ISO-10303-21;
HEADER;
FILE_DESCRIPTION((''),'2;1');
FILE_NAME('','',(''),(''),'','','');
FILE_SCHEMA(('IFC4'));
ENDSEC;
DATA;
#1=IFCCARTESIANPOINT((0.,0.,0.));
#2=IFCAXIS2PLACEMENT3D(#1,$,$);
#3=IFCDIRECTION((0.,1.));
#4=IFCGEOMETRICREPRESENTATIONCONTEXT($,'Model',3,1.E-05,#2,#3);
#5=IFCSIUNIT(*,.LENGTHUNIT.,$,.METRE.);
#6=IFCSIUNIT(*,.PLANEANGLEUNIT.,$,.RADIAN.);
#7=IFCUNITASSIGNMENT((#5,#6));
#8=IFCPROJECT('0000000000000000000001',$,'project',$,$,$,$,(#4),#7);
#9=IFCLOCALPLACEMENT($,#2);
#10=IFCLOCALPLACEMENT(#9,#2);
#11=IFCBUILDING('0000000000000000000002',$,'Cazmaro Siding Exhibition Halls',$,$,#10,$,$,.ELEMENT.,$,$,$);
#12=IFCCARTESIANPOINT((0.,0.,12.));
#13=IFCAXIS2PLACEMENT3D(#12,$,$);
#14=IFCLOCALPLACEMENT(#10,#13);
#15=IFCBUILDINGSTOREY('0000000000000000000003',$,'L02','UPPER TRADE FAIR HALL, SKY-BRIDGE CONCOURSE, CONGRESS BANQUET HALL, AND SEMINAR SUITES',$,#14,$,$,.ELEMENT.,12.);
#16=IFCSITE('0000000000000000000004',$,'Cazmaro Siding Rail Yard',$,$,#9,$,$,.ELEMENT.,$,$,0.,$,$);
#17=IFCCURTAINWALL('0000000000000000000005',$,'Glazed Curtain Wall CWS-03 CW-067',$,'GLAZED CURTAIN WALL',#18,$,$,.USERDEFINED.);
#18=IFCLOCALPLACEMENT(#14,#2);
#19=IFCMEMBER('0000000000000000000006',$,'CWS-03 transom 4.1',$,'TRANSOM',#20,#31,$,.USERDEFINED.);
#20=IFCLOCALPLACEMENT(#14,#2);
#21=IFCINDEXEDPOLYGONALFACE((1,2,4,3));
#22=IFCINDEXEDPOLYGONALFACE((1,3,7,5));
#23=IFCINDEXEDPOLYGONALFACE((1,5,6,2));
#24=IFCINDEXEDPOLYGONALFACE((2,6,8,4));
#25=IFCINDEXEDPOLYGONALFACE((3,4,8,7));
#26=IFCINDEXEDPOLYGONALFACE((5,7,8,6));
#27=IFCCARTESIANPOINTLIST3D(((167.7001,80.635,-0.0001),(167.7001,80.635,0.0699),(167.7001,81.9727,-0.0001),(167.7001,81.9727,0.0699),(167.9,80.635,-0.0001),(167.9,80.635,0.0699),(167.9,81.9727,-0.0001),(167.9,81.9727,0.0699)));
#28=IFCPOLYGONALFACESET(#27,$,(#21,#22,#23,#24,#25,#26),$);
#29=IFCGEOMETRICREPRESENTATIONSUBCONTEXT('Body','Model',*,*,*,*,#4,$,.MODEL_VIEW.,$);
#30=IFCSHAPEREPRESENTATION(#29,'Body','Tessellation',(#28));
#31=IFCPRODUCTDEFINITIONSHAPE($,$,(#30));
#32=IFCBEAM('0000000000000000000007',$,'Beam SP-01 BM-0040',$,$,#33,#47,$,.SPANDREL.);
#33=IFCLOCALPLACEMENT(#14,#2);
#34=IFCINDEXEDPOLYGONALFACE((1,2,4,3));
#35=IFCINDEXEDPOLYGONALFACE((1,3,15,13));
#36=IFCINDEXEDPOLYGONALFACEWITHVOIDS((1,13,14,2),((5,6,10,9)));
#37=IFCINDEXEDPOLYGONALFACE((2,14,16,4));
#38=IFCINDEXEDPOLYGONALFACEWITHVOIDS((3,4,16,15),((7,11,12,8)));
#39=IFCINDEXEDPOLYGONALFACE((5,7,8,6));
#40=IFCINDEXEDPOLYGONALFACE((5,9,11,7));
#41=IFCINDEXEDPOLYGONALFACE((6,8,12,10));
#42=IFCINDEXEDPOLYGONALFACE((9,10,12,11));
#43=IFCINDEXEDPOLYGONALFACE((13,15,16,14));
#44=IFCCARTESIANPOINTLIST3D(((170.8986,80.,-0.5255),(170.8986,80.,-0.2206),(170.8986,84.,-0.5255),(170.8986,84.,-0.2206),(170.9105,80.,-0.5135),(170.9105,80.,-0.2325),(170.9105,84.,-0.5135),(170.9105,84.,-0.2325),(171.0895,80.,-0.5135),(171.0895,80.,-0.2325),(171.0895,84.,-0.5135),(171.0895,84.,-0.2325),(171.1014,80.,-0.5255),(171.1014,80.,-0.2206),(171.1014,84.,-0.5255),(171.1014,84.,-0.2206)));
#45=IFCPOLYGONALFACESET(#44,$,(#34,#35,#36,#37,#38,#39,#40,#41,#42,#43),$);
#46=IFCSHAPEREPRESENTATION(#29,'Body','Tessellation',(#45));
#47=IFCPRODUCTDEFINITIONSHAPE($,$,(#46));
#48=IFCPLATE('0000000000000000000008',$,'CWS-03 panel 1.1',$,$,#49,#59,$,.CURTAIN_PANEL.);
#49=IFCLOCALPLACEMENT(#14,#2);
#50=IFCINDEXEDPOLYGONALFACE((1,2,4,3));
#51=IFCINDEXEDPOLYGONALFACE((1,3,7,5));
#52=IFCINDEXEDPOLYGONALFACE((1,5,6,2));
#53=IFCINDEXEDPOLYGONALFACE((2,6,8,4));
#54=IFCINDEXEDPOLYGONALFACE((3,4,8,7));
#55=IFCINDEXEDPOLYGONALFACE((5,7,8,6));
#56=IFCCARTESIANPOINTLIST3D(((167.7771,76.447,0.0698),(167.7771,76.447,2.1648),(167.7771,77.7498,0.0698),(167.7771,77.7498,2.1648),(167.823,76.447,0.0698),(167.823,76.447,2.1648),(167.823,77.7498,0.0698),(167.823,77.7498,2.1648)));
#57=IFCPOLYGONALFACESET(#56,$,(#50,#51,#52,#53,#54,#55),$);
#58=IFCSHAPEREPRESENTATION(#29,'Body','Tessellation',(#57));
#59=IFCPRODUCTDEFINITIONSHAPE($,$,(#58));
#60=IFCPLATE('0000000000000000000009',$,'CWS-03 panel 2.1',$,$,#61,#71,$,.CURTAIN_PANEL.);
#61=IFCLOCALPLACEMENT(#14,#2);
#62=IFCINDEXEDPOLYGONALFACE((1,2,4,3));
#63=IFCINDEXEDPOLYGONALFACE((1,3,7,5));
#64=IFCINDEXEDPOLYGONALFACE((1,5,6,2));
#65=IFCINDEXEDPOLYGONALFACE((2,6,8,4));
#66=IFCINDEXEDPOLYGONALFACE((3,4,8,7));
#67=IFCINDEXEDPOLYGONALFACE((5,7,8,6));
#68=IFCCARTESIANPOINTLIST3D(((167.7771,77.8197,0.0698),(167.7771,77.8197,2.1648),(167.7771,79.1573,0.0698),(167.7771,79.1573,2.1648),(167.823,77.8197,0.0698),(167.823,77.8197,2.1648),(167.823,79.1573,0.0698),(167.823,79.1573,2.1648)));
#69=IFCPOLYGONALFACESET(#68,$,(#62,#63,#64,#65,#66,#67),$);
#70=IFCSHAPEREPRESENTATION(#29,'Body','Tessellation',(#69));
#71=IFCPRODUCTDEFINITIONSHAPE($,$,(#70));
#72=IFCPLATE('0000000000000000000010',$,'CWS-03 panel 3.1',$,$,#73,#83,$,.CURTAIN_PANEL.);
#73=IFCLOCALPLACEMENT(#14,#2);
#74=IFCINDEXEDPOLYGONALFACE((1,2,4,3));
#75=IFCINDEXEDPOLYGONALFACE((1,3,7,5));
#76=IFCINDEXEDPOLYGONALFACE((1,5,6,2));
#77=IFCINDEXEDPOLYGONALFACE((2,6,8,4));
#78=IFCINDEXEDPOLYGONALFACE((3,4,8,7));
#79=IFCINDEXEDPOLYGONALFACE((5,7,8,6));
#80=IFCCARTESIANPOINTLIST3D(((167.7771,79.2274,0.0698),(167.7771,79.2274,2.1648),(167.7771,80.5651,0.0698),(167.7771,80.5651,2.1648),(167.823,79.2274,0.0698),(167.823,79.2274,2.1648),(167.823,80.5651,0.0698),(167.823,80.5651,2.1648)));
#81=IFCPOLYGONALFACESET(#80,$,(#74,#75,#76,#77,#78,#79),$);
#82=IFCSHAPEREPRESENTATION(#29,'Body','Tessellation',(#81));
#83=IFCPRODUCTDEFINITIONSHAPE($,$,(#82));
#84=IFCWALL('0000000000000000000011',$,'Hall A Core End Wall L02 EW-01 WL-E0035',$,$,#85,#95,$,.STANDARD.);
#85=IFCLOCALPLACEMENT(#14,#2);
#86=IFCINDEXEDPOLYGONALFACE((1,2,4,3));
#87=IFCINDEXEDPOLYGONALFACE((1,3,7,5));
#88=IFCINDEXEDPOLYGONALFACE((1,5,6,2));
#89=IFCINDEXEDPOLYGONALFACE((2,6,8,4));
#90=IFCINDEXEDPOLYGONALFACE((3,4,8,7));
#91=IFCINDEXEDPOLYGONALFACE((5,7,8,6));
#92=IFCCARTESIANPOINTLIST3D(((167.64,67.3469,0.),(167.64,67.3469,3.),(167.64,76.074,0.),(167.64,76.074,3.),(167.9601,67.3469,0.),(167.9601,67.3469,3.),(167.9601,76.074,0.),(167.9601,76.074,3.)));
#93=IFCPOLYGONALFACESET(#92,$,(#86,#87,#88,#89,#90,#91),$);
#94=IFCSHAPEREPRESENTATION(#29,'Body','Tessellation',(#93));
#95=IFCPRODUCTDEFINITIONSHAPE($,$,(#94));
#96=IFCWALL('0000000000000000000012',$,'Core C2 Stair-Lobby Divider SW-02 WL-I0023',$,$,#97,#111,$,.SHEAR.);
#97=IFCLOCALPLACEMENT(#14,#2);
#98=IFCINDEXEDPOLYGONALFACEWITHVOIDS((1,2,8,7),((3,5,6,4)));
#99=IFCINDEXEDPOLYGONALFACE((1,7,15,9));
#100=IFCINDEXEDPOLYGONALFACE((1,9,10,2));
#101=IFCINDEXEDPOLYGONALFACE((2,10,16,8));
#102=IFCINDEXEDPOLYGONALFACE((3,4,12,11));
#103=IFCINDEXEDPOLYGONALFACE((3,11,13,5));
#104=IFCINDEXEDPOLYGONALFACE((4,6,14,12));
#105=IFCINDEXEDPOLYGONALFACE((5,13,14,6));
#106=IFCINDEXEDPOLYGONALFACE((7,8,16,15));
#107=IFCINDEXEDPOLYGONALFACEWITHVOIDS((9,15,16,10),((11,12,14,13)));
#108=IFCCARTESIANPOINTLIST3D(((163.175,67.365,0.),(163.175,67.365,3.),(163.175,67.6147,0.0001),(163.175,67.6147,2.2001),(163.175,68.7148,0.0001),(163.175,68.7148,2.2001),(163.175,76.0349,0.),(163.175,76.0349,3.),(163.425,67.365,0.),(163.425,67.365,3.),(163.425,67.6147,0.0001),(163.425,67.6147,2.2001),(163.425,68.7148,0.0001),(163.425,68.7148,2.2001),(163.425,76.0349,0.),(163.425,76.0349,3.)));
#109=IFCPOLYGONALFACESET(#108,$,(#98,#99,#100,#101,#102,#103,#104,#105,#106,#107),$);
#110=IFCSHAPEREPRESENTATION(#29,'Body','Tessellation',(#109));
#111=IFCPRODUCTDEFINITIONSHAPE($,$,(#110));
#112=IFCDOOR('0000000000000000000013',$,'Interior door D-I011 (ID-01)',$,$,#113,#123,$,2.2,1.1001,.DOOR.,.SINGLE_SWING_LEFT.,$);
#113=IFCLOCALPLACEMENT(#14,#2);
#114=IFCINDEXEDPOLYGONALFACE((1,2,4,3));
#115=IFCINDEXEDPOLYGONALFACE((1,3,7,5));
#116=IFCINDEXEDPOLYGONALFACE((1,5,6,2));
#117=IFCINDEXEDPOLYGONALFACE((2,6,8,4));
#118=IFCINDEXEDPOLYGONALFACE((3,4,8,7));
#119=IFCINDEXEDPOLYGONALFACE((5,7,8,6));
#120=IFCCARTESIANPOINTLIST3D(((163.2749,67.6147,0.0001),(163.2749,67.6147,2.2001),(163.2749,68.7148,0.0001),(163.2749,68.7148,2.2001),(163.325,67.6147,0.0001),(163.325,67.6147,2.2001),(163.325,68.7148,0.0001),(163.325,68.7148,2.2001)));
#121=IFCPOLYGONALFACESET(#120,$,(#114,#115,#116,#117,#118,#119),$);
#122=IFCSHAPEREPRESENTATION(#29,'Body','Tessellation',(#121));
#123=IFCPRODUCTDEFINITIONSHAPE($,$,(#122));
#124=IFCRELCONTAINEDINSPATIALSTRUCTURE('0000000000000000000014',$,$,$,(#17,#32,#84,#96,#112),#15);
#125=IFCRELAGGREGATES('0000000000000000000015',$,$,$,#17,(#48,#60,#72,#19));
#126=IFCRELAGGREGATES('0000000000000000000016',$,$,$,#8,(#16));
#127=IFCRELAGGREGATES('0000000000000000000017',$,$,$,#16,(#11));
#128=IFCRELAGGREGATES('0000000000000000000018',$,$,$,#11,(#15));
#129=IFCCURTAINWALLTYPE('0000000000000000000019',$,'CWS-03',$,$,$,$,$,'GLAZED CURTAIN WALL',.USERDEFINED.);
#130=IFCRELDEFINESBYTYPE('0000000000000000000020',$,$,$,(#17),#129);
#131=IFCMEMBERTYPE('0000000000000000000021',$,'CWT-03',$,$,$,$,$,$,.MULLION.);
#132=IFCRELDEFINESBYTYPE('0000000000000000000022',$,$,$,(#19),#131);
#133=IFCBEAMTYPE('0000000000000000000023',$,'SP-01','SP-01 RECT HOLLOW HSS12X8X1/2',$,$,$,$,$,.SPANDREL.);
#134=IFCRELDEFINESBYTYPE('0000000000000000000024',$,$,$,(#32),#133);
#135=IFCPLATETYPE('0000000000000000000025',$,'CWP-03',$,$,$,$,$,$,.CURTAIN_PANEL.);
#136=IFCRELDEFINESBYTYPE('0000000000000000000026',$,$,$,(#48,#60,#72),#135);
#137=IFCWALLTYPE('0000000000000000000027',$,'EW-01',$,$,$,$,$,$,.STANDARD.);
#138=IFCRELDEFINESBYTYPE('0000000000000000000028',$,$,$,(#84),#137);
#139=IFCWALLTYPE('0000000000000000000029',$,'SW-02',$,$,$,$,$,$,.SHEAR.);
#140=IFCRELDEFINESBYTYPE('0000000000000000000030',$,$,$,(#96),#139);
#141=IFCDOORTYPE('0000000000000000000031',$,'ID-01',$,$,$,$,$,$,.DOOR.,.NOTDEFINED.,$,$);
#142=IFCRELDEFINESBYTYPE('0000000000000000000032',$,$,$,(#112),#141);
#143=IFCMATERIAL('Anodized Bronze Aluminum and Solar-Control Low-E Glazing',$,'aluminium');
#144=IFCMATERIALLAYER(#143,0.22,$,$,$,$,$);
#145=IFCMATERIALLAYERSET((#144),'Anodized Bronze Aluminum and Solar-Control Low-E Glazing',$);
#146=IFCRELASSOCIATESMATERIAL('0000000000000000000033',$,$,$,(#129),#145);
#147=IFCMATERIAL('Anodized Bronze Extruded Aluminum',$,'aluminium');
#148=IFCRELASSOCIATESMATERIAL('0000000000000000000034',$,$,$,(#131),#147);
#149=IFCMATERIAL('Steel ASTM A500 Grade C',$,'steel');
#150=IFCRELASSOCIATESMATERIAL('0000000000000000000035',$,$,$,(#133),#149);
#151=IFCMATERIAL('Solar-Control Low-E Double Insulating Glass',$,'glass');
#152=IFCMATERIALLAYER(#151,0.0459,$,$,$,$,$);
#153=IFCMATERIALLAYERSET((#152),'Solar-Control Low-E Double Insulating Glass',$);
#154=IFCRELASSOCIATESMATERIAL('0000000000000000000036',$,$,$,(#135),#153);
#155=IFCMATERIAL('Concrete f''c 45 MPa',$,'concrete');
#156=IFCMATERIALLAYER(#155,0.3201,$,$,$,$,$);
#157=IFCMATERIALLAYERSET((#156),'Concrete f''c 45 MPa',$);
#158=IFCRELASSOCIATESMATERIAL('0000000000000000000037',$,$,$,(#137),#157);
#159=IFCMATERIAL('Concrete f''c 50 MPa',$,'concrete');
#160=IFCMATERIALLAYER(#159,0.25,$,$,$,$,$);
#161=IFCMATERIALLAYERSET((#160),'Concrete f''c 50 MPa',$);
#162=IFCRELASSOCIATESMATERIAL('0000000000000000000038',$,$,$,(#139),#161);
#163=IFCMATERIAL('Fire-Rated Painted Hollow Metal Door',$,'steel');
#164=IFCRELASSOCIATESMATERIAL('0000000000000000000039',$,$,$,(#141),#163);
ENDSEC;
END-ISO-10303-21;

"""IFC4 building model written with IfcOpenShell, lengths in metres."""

from ifc_helpers import new_model, si_unit, direction, frame, frame_2d, origin, origin_2d, place, context, subcontext, project, spatial, rectangle, hollow_rectangle, extrude, material, layer, layer_set, material_profile, profile_set, type_object, element, fill, aggregate, save


model = new_model("IFC4")

# Units and contexts
model_context = context("Model", 3, precision=1e-05, world=origin(), true_north=direction((0.0, 1.0)))
body_context = subcontext(model_context, "Body", "Model", "MODEL_VIEW")
ifc_project = project(units=[si_unit("LENGTHUNIT", "METRE"), si_unit("PLANEANGLEUNIT", "RADIAN")], contexts=[model_context])

# Site, building, storey
site_placement = place(None, origin())
site = spatial("IfcSite", under=ifc_project, at=site_placement, Name="Cazmaro Siding Rail Yard", CompositionType="ELEMENT", RefElevation=0.0)
building_placement = place(site_placement, origin())
building = spatial("IfcBuilding", under=site, at=building_placement, Name="Cazmaro Siding Exhibition Halls", CompositionType="ELEMENT")
storey_placement = place(building_placement, frame((0.0, 0.0, 12.0)))
storey = spatial("IfcBuildingStorey", under=building, at=storey_placement, Name="L02", Description="UPPER TRADE FAIR HALL, SKY-BRIDGE CONCOURSE, CONGRESS BANQUET HALL, AND SEMINAR SUITES", CompositionType="ELEMENT", Elevation=12.0)

# Curtain wall, member
ifc_material_1 = material(Name="Anodized Bronze Aluminum and Solar-Control Low-E Glazing", Category="aluminium")
ifc_layer_1 = layer(ifc_material_1, 0.22)
ifc_layer_set_1 = layer_set([ifc_layer_1], Name="Anodized Bronze Aluminum and Solar-Control Low-E Glazing")
curtain_wall_type = type_object("IfcCurtainWallType", Name="CWS-03", ElementType="GLAZED CURTAIN WALL", PredefinedType="USERDEFINED", material=ifc_layer_set_1)
curtain_wall_placement = place(storey_placement, origin())
curtain_wall = element("IfcCurtainWall", 1, at=curtain_wall_placement, inside=storey, type_object=curtain_wall_type, Name="Glazed Curtain Wall CWS-03 CW-067", ObjectType="GLAZED CURTAIN WALL", PredefinedType="USERDEFINED")
ifc_material_2 = material(Name="Anodized Bronze Extruded Aluminum", Category="aluminium")
ifc_material_profile_1 = material_profile(ifc_material_2, rectangle(XDim=0.2, YDim=0.0701, at=origin_2d()), Name="CWT-03")
ifc_profile_set_1 = profile_set([ifc_material_profile_1], Name="Anodized Bronze Extruded Aluminum")
member_type_1 = type_object("IfcMemberType", Name="CWT-03", PredefinedType="MULLION", material=ifc_profile_set_1)
member_1_placement = place(storey_placement, frame((167.8, 80.635, 0.0349), z_axis=(0.0, 1.0, 0.0), x_axis=(-1.0, 0.0, 0.0)))
member_1 = element("IfcMember", 2, at=member_1_placement, type_object=member_type_1, Name="CWS-03 transom 4.1", ObjectType="TRANSOM", PredefinedType="USERDEFINED", context=body_context, shape_type="SweptSolid", body=[
    extrude(rectangle(XDim=0.2, YDim=0.0701, at=origin_2d()), origin(), (0.0, 0.0, 1.0), 1.3376),
])

# Beam
ifc_material_3 = material(Name="Steel ASTM A500 Grade C", Category="steel")
ifc_material_profile_2 = material_profile(ifc_material_3, hollow_rectangle(XDim=0.2029, YDim=0.3049, WallThickness=0.012, at=origin_2d()), Name="HSS12X8X1/2")
ifc_profile_set_2 = profile_set([ifc_material_profile_2], Name="Steel ASTM A500 Grade C")
beam_type_1 = type_object("IfcBeamType", Name="SP-01", Description="SP-01 RECT HOLLOW HSS12X8X1/2", PredefinedType="SPANDREL", material=ifc_profile_set_2)
beam_1_placement = place(storey_placement, frame((171.0, 80.0, -0.373), z_axis=(0.0, 1.0, 0.0), x_axis=(-1.0, 0.0, 0.0)))
element("IfcBeam", 3, at=beam_1_placement, inside=storey, type_object=beam_type_1, Name="Beam SP-01 BM-0040", PredefinedType="SPANDREL", context=body_context, shape_type="SweptSolid", body=[
    extrude(hollow_rectangle(XDim=0.2029, YDim=0.3049, WallThickness=0.012, at=origin_2d()), origin(), (0.0, 0.0, 1.0), 4.0),
])

# Plates
ifc_material_4 = material(Name="Solar-Control Low-E Double Insulating Glass", Category="glass")
ifc_layer_2 = layer(ifc_material_4, 0.0459)
ifc_layer_set_2 = layer_set([ifc_layer_2], Name="Solar-Control Low-E Double Insulating Glass")
plate_type = type_object("IfcPlateType", Name="CWP-03", PredefinedType="CURTAIN_PANEL", material=ifc_layer_set_2)
plate_1_placement = place(storey_placement, frame((167.8, 77.0984, 0.0698), z_axis=(0.0, 0.0, 1.0), x_axis=(0.0, 1.0, 0.0)))
plate_1 = element("IfcPlate", 4, at=plate_1_placement, type_object=plate_type, Name="CWS-03 panel 1.1", PredefinedType="CURTAIN_PANEL", context=body_context, shape_type="SweptSolid", body=[
    extrude(rectangle(XDim=1.3027, YDim=0.0459, at=origin_2d()), origin(), (0.0, 0.0, 1.0), 2.095),
])
plate_2_placement = place(storey_placement, frame((167.8, 78.4885, 0.0698), z_axis=(0.0, 0.0, 1.0), x_axis=(0.0, 1.0, 0.0)))
plate_2 = element("IfcPlate", 5, at=plate_2_placement, type_object=plate_type, Name="CWS-03 panel 2.1", PredefinedType="CURTAIN_PANEL", context=body_context, shape_type="SweptSolid", body=[
    extrude(rectangle(XDim=1.3376, YDim=0.0459, at=origin_2d()), origin(), (0.0, 0.0, 1.0), 2.095),
])
plate_3_placement = place(storey_placement, frame((167.8, 79.8962, 0.0698), z_axis=(0.0, 0.0, 1.0), x_axis=(0.0, 1.0, 0.0)))
plate_3 = element("IfcPlate", 6, at=plate_3_placement, type_object=plate_type, Name="CWS-03 panel 3.1", PredefinedType="CURTAIN_PANEL", context=body_context, shape_type="SweptSolid", body=[
    extrude(rectangle(XDim=1.3376, YDim=0.0459, at=origin_2d()), origin(), (0.0, 0.0, 1.0), 2.095),
])
aggregate(curtain_wall, [plate_1, plate_2, plate_3, member_1])

# Wall
ifc_material_5 = material(Name="Concrete f'c 45 MPa", Category="concrete")
ifc_layer_3 = layer(ifc_material_5, 0.3201)
ifc_layer_set_3 = layer_set([ifc_layer_3], Name="Concrete f'c 45 MPa")
wall_type_1 = type_object("IfcWallType", Name="EW-01", PredefinedType="STANDARD", material=ifc_layer_set_3)
wall_1_placement = place(storey_placement, frame((167.8, 76.074, 0.0), z_axis=(0.0, 0.0, 1.0), x_axis=(0.0, -1.0, 0.0)))
element("IfcWall", 7, at=wall_1_placement, inside=storey, type_object=wall_type_1, Name="Hall A Core End Wall L02 EW-01 WL-E0035", PredefinedType="STANDARD", context=body_context, shape_type="SweptSolid", body=[
    extrude(rectangle(XDim=8.7271, YDim=0.3201, at=frame_2d((4.3635, 0.0))), origin(), (0.0, 0.0, 1.0), 3.0),
])

# Wall, opening, door
ifc_material_6 = material(Name="Concrete f'c 50 MPa", Category="concrete")
ifc_layer_4 = layer(ifc_material_6, 0.25)
ifc_layer_set_4 = layer_set([ifc_layer_4], Name="Concrete f'c 50 MPa")
wall_type_2 = type_object("IfcWallType", Name="SW-02", PredefinedType="SHEAR", material=ifc_layer_set_4)
wall_2_placement = place(storey_placement, frame((163.3, 76.0349, 0.0), z_axis=(0.0, 0.0, 1.0), x_axis=(0.0, -1.0, 0.0)))
wall_2 = element("IfcWall", 8, at=wall_2_placement, inside=storey, type_object=wall_type_2, Name="Core C2 Stair-Lobby Divider SW-02 WL-I0023", PredefinedType="SHEAR", context=body_context, shape_type="SweptSolid", body=[
    extrude(rectangle(XDim=8.6699, YDim=0.25, at=frame_2d((4.335, 0.0))), origin(), (0.0, 0.0, 1.0), 3.0),
])
opening_placement = place(wall_2_placement, frame((7.3201, 0.0, 0.0)))
opening = element("IfcOpeningElement", 9, at=opening_placement, cuts=wall_2, PredefinedType="OPENING", context=body_context, shape_type="SweptSolid", body=[
    extrude(rectangle(XDim=1.1001, YDim=2.2, at=frame_2d((0.55, 1.1001))), frame((0.0, 0.135, 0.0), z_axis=(0.0, -1.0, 0.0), x_axis=(1.0, 0.0, 0.0)), (0.0, 0.0, 1.0), 0.27),
])
ifc_material_7 = material(Name="Fire-Rated Painted Hollow Metal Door", Category="steel")
door_type = type_object("IfcDoorType", Name="ID-01", OperationType="NOTDEFINED", PredefinedType="DOOR", material=ifc_material_7)
door_placement = place(opening_placement, origin())
door = element("IfcDoor", 10, at=door_placement, inside=storey, type_object=door_type, Name="Interior door D-I011 (ID-01)", OperationType="SINGLE_SWING_LEFT", OverallHeight=2.2, OverallWidth=1.1001, PredefinedType="DOOR", context=body_context, shape_type="SweptSolid", body=[
    extrude(rectangle(XDim=1.1001, YDim=2.2, at=frame_2d((0.55, 1.1001))), frame((0.0, 0.0249, 0.0), z_axis=(0.0, -1.0, 0.0), x_axis=(1.0, 0.0, 0.0)), (0.0, 0.0, 1.0), 0.05),
])
fill(opening, door)

save(model, "model.ifc")
